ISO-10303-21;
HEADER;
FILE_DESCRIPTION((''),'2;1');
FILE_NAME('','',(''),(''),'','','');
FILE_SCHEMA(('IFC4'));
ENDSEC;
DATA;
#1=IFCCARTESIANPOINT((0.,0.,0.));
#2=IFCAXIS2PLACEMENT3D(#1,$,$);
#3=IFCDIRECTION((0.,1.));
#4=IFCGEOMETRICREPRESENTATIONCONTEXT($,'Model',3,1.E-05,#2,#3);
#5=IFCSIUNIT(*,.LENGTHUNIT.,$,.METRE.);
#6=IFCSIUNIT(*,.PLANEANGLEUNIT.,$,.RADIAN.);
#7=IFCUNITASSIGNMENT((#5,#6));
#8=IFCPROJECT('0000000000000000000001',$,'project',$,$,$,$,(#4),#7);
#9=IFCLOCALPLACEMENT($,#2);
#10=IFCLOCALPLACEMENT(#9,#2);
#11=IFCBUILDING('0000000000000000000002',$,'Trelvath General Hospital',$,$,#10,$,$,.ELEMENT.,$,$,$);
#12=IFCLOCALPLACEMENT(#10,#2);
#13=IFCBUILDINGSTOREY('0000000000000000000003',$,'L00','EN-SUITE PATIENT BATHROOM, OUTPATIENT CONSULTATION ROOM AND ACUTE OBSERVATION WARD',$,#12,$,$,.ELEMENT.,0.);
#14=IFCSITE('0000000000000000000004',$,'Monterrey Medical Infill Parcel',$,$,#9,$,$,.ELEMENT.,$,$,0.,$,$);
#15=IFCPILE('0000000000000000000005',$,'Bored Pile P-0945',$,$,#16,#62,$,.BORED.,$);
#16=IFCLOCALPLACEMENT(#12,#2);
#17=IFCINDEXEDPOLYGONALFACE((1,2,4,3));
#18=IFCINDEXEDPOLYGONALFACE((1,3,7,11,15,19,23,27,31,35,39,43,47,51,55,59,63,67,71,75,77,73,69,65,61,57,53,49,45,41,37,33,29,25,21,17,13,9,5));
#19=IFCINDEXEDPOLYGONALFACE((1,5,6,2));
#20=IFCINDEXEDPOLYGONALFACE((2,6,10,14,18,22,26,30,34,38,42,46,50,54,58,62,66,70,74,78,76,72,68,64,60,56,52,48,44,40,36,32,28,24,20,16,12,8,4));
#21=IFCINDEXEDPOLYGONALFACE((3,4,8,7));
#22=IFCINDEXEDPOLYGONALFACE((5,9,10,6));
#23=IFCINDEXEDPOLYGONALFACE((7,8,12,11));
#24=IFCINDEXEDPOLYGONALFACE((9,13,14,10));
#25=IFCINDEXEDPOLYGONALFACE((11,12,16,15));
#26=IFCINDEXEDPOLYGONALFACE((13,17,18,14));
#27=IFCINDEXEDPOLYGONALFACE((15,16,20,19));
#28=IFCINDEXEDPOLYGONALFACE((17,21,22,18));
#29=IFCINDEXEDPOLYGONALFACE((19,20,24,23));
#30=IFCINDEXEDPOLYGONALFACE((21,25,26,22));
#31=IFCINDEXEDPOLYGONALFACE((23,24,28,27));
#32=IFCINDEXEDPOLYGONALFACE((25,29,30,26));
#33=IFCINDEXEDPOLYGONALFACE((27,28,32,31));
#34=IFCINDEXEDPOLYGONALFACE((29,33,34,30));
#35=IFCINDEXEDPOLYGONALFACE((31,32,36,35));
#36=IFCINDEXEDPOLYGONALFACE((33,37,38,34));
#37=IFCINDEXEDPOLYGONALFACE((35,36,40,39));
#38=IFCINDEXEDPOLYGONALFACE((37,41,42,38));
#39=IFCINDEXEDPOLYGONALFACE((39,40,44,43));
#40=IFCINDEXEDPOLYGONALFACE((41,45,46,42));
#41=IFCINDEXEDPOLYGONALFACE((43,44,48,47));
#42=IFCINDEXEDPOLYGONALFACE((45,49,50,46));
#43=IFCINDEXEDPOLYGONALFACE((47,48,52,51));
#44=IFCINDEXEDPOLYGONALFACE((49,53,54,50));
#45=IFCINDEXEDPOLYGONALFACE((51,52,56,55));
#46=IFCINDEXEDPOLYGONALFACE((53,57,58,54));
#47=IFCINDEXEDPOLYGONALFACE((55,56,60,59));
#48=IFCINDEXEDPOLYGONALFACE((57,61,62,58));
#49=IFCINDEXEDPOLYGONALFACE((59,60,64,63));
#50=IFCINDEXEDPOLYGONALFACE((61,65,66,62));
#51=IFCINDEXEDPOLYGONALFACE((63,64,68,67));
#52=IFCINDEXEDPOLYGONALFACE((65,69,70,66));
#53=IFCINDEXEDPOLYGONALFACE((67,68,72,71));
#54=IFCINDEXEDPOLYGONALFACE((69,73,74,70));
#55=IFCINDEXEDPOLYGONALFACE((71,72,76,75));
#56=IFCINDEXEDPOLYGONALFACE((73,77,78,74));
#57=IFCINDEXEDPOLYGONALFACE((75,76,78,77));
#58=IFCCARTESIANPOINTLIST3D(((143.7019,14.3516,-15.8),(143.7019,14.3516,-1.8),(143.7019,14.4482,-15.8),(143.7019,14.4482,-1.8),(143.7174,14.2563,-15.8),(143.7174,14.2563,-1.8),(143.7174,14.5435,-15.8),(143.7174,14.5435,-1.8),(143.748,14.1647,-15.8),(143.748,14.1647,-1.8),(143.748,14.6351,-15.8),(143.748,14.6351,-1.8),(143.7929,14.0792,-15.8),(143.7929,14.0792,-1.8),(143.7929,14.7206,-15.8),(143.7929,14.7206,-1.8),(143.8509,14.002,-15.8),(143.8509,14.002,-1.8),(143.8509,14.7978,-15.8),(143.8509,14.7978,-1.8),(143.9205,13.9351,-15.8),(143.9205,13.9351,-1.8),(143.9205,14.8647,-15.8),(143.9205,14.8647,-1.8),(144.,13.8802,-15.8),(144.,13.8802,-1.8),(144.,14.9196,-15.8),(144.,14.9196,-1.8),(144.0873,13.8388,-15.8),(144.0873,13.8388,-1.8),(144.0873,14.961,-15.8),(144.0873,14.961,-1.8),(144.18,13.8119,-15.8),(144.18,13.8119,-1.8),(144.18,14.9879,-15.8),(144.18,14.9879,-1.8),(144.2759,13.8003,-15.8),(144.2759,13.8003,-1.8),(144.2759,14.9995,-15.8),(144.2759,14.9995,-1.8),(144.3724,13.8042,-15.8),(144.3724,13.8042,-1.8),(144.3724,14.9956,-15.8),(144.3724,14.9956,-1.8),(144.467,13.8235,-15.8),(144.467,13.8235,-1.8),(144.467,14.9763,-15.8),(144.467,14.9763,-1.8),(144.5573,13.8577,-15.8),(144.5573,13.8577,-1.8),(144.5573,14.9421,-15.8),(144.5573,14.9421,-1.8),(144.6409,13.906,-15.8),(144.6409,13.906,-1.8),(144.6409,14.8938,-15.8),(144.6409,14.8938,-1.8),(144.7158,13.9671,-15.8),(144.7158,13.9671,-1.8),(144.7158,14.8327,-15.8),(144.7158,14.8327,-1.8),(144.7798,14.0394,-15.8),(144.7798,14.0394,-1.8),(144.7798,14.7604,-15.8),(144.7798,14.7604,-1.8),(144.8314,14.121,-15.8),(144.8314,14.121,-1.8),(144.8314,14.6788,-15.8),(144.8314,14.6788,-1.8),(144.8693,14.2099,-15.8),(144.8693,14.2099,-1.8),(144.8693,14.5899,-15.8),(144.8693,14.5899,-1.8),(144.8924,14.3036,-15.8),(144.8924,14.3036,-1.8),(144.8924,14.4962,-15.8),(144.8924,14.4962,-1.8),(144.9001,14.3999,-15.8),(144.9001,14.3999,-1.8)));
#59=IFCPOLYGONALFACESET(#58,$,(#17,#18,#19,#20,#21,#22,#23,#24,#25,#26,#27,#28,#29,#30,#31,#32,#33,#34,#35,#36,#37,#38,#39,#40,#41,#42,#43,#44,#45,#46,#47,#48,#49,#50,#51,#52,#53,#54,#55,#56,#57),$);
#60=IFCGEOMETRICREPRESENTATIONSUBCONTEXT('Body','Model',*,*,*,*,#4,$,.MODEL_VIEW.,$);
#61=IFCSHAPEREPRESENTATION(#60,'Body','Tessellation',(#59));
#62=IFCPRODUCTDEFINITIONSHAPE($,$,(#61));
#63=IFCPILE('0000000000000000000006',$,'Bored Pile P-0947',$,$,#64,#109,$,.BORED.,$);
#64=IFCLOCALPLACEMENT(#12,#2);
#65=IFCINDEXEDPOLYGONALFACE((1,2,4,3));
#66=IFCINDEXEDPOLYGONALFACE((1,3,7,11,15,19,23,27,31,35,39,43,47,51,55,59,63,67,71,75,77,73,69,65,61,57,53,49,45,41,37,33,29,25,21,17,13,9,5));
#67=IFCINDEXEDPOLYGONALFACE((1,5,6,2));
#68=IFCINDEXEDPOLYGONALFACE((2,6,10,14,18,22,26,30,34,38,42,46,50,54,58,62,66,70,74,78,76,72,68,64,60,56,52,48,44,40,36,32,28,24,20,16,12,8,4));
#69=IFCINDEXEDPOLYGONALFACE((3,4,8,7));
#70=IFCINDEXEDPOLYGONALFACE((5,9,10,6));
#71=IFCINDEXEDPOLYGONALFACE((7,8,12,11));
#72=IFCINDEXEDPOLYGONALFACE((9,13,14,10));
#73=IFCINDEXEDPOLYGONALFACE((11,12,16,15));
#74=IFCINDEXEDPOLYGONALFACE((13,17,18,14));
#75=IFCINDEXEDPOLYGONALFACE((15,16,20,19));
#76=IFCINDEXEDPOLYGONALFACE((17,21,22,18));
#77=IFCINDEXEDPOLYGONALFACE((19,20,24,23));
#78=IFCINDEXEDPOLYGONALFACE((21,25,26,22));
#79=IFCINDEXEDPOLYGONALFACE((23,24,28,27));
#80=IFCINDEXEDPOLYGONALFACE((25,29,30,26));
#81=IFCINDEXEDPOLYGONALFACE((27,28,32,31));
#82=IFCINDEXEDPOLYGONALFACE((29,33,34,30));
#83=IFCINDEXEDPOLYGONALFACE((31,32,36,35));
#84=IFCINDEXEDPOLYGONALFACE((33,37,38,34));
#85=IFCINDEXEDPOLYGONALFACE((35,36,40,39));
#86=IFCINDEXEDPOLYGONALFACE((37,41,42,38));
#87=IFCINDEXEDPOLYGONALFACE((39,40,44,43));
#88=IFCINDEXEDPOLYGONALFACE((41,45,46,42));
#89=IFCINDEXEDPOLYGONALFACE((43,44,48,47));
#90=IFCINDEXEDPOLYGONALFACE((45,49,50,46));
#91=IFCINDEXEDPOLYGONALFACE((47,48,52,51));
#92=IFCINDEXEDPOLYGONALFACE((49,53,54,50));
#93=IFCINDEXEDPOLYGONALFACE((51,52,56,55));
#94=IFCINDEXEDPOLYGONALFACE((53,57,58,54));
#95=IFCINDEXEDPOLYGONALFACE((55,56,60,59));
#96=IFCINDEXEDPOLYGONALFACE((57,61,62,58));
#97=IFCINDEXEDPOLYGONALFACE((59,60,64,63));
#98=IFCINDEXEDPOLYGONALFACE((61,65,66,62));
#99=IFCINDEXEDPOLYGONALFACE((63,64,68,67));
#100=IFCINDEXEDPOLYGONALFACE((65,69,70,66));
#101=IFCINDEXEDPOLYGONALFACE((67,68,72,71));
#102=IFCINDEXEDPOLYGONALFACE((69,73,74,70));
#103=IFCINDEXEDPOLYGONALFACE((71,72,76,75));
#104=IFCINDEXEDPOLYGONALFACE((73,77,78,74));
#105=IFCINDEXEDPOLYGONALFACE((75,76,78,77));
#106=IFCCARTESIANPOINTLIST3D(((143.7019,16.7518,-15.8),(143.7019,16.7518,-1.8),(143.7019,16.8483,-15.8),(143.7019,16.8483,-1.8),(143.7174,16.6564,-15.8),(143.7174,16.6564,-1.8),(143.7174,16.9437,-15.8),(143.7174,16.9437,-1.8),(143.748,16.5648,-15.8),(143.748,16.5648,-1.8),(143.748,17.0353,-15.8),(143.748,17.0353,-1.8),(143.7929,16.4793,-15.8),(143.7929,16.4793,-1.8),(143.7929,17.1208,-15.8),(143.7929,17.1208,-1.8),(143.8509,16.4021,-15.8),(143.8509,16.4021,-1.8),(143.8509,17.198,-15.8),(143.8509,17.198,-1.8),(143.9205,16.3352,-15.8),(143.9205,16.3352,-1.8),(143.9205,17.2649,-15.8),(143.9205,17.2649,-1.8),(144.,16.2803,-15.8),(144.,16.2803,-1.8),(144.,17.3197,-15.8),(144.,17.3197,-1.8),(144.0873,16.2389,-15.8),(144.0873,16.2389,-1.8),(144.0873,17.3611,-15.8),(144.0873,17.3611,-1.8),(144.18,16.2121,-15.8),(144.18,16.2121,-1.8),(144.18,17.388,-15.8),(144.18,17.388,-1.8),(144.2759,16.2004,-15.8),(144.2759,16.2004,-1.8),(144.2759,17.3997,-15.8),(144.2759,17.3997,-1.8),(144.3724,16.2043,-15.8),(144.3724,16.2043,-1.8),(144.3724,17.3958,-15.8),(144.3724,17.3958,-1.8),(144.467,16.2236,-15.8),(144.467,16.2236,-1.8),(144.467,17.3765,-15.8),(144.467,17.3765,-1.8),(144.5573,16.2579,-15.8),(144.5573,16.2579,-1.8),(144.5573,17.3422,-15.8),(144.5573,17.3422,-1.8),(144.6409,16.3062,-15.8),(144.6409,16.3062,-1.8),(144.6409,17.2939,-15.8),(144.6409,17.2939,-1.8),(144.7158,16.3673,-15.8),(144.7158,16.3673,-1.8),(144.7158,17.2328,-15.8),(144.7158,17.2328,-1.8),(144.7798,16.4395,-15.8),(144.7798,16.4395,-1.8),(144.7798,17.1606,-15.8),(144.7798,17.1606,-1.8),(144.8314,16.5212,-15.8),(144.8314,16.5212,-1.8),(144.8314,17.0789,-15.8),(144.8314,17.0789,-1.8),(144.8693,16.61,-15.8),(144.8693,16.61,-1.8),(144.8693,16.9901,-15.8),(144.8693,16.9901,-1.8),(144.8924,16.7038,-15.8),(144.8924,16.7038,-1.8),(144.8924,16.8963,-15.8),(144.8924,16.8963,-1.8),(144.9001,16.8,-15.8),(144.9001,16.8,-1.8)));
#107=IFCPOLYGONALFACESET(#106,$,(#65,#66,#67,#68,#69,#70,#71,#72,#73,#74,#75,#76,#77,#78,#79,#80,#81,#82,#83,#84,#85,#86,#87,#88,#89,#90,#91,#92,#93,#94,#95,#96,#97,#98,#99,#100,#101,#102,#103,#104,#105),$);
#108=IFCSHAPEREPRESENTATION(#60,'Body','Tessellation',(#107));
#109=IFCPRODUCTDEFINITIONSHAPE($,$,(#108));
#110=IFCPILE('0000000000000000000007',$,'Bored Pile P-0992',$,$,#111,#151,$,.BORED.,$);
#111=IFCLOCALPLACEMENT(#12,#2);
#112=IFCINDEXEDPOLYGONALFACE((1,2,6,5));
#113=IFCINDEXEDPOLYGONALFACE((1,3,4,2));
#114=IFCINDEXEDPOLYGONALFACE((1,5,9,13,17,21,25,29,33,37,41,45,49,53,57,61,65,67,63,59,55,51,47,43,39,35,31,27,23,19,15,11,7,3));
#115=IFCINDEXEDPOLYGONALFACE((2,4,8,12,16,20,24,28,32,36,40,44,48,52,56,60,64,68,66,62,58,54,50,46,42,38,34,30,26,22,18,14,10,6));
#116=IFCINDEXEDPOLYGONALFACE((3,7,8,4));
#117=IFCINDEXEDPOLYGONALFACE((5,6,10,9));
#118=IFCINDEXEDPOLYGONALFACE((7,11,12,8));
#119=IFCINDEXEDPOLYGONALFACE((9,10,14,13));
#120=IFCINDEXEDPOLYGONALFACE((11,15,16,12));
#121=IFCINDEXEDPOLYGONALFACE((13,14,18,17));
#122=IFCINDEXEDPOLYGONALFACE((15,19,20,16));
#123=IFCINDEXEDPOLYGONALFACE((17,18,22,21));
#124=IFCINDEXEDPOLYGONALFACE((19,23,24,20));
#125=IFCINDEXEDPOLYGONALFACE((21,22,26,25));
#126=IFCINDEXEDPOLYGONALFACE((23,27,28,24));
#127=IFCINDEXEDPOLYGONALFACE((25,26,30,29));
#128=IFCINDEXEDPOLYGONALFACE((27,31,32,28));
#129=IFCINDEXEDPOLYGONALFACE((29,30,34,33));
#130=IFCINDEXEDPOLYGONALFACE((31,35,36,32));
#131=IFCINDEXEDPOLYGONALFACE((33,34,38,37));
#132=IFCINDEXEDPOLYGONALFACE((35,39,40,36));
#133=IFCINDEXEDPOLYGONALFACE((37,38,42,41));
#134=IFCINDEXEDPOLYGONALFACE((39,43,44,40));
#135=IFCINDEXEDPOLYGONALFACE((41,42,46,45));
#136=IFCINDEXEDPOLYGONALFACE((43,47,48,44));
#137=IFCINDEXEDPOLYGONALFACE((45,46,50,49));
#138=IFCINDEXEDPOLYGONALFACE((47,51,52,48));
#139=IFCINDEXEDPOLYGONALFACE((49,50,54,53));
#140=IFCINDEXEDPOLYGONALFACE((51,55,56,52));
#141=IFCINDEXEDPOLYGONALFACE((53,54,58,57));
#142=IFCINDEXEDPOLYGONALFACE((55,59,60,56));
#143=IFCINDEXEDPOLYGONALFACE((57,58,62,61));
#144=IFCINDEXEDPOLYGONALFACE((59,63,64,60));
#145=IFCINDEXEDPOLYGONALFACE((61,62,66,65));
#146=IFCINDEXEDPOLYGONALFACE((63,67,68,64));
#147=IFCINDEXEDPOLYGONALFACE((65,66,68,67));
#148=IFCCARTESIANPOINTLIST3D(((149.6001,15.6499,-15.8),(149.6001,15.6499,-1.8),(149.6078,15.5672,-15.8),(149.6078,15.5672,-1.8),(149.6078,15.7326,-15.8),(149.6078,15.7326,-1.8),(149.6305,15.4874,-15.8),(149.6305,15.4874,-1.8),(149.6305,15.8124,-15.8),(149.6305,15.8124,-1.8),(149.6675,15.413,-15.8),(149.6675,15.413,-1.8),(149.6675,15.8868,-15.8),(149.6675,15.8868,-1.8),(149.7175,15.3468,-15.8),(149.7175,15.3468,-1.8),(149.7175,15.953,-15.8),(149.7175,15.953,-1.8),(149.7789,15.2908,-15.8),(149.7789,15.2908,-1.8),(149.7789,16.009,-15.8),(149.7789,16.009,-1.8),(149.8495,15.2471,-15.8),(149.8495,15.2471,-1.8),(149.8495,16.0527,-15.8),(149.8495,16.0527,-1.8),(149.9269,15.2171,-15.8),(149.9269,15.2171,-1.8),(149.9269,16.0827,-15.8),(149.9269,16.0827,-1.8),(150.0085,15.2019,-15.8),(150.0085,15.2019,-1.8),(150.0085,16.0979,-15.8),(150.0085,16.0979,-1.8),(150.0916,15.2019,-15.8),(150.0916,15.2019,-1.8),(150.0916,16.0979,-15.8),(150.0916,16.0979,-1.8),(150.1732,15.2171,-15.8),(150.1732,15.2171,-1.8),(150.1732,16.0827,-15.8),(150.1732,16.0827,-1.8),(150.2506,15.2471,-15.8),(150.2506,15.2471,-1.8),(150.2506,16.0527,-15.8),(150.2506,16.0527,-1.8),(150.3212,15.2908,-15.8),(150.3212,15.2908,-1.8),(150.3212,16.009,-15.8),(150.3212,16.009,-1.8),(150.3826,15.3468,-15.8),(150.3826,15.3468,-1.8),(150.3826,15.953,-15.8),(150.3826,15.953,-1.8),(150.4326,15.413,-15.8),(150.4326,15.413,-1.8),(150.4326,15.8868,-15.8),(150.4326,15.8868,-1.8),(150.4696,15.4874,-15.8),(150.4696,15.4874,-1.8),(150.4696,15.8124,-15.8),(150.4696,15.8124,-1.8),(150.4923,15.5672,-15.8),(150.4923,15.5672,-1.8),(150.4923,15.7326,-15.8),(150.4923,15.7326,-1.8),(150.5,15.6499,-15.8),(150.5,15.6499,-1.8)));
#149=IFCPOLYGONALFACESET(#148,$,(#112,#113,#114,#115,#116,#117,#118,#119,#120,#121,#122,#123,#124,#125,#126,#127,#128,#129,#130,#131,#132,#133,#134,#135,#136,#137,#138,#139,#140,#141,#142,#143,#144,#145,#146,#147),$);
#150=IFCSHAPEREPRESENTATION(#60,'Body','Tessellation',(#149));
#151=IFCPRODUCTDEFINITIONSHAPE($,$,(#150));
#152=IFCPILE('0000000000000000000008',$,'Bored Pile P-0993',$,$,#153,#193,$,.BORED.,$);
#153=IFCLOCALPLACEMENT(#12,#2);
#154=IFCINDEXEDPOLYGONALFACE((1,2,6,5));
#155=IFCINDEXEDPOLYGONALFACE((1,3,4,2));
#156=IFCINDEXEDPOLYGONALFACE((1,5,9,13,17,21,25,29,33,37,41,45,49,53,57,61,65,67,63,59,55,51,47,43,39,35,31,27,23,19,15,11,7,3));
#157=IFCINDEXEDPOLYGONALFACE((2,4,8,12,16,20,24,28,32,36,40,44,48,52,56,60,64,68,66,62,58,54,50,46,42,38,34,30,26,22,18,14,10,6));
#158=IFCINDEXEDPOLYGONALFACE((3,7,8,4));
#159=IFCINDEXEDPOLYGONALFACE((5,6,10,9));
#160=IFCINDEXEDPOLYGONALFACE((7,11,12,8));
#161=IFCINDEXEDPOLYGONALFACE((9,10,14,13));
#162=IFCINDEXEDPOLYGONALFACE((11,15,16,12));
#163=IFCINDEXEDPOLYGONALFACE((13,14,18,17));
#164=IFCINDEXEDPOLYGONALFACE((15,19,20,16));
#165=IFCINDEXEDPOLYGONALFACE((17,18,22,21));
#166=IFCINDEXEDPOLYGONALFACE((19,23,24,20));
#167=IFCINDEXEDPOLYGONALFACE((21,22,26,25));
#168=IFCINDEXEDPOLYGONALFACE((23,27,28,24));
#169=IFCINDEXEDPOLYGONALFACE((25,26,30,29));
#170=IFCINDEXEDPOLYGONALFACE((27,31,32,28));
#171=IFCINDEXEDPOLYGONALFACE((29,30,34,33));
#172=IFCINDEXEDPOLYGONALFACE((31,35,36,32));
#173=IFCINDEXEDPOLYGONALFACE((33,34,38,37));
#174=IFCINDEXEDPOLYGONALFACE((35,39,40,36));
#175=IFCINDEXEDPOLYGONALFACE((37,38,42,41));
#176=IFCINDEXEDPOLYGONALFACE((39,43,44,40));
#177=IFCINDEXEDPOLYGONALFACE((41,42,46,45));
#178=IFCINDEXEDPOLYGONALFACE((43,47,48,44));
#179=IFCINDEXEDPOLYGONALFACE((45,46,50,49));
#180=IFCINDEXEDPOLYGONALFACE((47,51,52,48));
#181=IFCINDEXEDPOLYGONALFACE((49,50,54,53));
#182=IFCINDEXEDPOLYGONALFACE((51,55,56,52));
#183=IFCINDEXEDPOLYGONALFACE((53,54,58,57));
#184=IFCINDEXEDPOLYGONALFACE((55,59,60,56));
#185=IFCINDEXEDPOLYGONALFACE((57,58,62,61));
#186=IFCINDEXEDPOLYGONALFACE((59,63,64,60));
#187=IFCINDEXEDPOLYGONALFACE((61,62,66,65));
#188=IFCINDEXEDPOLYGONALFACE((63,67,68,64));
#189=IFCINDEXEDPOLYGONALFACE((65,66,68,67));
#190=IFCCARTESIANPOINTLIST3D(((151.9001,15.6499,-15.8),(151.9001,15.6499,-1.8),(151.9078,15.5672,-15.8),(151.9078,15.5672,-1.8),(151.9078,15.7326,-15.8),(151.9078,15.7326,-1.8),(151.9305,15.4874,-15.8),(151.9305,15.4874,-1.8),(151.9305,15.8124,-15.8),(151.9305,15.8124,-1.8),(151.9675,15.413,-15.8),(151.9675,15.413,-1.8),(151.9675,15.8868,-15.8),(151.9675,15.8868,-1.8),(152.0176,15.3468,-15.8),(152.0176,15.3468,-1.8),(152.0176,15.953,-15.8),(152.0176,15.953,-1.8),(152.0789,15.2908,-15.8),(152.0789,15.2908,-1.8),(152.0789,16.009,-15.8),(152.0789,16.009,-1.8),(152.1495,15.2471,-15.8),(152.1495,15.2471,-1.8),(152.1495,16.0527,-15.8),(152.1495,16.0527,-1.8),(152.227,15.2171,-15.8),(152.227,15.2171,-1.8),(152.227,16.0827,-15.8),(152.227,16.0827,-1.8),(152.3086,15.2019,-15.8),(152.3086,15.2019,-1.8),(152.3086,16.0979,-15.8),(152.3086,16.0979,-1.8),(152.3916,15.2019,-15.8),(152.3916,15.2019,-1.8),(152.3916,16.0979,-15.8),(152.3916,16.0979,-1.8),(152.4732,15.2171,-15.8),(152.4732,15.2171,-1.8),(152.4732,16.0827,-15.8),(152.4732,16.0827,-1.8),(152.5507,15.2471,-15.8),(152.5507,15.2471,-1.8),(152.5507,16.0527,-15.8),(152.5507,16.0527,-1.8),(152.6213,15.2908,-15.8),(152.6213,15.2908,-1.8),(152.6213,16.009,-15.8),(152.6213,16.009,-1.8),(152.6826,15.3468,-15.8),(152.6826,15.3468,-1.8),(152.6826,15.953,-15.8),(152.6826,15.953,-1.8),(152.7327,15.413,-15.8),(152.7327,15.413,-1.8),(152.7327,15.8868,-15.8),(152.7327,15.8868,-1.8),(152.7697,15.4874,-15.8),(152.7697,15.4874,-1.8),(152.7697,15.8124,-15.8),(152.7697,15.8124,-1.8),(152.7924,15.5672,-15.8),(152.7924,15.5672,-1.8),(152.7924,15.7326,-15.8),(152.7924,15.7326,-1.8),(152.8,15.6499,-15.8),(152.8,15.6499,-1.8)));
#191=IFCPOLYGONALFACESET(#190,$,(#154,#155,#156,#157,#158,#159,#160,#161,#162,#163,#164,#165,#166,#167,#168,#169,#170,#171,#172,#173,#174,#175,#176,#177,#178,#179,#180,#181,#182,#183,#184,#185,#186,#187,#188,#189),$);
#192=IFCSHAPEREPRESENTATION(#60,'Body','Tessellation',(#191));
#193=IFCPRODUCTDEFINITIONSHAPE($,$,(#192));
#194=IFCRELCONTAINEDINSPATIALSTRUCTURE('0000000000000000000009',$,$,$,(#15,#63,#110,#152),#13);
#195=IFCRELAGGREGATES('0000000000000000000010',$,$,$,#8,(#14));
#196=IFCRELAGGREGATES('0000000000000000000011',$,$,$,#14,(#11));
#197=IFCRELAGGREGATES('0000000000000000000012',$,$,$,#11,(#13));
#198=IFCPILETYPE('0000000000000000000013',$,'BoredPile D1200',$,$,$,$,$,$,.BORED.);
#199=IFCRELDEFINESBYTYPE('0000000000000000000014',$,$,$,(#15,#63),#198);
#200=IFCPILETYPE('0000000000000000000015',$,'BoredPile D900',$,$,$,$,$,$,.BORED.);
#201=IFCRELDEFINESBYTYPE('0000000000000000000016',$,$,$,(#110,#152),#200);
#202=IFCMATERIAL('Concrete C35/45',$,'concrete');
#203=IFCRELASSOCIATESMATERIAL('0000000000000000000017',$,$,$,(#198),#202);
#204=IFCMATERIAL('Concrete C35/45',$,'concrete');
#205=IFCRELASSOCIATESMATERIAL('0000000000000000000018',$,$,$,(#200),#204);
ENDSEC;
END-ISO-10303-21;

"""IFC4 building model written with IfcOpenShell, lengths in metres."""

from ifc_helpers import new_model, si_unit, direction, frame, origin, origin_2d, place, context, subcontext, project, spatial, circle, extrude, material, material_profile, profile_set, type_object, element, save


model = new_model("IFC4")

# Units and contexts
model_context = context("Model", 3, precision=1e-05, world=origin(), true_north=direction((0.0, 1.0)))
body_context = subcontext(model_context, "Body", "Model", "MODEL_VIEW")
ifc_project = project(units=[si_unit("LENGTHUNIT", "METRE"), si_unit("PLANEANGLEUNIT", "RADIAN")], contexts=[model_context])

# Site, building, storey
site_placement = place(None, origin())
site = spatial("IfcSite", under=ifc_project, at=site_placement, Name="Monterrey Medical Infill Parcel", CompositionType="ELEMENT", RefElevation=0.0)
building_placement = place(site_placement, origin())
building = spatial("IfcBuilding", under=site, at=building_placement, Name="Trelvath General Hospital", CompositionType="ELEMENT")
storey_placement = place(building_placement, origin())
storey = spatial("IfcBuildingStorey", under=building, at=storey_placement, Name="L00", Description="EN-SUITE PATIENT BATHROOM, OUTPATIENT CONSULTATION ROOM AND ACUTE OBSERVATION WARD", CompositionType="ELEMENT", Elevation=0.0)

# Piles
ifc_material_1 = material(Name="Concrete C35/45", Category="concrete")
ifc_material_profile_1 = material_profile(ifc_material_1, circle(Radius=0.6001, at=origin_2d()), Name="PILE1200")
ifc_profile_set_1 = profile_set([ifc_material_profile_1], Name="Concrete C35/45")
pile_type_1 = type_object("IfcPileType", Name="BoredPile D1200", PredefinedType="BORED", material=ifc_profile_set_1)
for number, where, z_axis, x_axis, name in (
    (1, (144.3, 14.3999, -1.8), (0.0, 0.0, -1.0), (1.0, 0.0, 0.0), "Bored Pile P-0945"),
    (2, (144.3, 16.8, -1.8), (0.0, 0.0, -1.0), (1.0, 0.0, 0.0), "Bored Pile P-0947"),
):
    element("IfcPile", number, at=place(storey_placement, frame(where, z_axis=z_axis, x_axis=x_axis)), inside=storey, type_object=pile_type_1, Name=name, PredefinedType="BORED", context=body_context, shape_type="SweptSolid", body=[
        extrude(circle(Radius=0.6001, at=origin_2d()), origin(), (0.0, 0.0, 1.0), 14.0),
    ])
ifc_material_2 = material(Name="Concrete C35/45", Category="concrete")
ifc_material_profile_2 = material_profile(ifc_material_2, circle(Radius=0.45, at=origin_2d()), Name="PILE900")
ifc_profile_set_2 = profile_set([ifc_material_profile_2], Name="Concrete C35/45")
pile_type_2 = type_object("IfcPileType", Name="BoredPile D900", PredefinedType="BORED", material=ifc_profile_set_2)
for number, where, z_axis, x_axis, name in (
    (3, (150.05, 15.6499, -1.8), (0.0, 0.0, -1.0), (1.0, 0.0, 0.0), "Bored Pile P-0992"),
    (4, (152.3501, 15.6499, -1.8), (0.0, 0.0, -1.0), (1.0, 0.0, 0.0), "Bored Pile P-0993"),
):
    element("IfcPile", number, at=place(storey_placement, frame(where, z_axis=z_axis, x_axis=x_axis)), inside=storey, type_object=pile_type_2, Name=name, PredefinedType="BORED", context=body_context, shape_type="SweptSolid", body=[
        extrude(circle(Radius=0.45, at=origin_2d()), origin(), (0.0, 0.0, 1.0), 14.0),
    ])

save(model, "model.ifc")
